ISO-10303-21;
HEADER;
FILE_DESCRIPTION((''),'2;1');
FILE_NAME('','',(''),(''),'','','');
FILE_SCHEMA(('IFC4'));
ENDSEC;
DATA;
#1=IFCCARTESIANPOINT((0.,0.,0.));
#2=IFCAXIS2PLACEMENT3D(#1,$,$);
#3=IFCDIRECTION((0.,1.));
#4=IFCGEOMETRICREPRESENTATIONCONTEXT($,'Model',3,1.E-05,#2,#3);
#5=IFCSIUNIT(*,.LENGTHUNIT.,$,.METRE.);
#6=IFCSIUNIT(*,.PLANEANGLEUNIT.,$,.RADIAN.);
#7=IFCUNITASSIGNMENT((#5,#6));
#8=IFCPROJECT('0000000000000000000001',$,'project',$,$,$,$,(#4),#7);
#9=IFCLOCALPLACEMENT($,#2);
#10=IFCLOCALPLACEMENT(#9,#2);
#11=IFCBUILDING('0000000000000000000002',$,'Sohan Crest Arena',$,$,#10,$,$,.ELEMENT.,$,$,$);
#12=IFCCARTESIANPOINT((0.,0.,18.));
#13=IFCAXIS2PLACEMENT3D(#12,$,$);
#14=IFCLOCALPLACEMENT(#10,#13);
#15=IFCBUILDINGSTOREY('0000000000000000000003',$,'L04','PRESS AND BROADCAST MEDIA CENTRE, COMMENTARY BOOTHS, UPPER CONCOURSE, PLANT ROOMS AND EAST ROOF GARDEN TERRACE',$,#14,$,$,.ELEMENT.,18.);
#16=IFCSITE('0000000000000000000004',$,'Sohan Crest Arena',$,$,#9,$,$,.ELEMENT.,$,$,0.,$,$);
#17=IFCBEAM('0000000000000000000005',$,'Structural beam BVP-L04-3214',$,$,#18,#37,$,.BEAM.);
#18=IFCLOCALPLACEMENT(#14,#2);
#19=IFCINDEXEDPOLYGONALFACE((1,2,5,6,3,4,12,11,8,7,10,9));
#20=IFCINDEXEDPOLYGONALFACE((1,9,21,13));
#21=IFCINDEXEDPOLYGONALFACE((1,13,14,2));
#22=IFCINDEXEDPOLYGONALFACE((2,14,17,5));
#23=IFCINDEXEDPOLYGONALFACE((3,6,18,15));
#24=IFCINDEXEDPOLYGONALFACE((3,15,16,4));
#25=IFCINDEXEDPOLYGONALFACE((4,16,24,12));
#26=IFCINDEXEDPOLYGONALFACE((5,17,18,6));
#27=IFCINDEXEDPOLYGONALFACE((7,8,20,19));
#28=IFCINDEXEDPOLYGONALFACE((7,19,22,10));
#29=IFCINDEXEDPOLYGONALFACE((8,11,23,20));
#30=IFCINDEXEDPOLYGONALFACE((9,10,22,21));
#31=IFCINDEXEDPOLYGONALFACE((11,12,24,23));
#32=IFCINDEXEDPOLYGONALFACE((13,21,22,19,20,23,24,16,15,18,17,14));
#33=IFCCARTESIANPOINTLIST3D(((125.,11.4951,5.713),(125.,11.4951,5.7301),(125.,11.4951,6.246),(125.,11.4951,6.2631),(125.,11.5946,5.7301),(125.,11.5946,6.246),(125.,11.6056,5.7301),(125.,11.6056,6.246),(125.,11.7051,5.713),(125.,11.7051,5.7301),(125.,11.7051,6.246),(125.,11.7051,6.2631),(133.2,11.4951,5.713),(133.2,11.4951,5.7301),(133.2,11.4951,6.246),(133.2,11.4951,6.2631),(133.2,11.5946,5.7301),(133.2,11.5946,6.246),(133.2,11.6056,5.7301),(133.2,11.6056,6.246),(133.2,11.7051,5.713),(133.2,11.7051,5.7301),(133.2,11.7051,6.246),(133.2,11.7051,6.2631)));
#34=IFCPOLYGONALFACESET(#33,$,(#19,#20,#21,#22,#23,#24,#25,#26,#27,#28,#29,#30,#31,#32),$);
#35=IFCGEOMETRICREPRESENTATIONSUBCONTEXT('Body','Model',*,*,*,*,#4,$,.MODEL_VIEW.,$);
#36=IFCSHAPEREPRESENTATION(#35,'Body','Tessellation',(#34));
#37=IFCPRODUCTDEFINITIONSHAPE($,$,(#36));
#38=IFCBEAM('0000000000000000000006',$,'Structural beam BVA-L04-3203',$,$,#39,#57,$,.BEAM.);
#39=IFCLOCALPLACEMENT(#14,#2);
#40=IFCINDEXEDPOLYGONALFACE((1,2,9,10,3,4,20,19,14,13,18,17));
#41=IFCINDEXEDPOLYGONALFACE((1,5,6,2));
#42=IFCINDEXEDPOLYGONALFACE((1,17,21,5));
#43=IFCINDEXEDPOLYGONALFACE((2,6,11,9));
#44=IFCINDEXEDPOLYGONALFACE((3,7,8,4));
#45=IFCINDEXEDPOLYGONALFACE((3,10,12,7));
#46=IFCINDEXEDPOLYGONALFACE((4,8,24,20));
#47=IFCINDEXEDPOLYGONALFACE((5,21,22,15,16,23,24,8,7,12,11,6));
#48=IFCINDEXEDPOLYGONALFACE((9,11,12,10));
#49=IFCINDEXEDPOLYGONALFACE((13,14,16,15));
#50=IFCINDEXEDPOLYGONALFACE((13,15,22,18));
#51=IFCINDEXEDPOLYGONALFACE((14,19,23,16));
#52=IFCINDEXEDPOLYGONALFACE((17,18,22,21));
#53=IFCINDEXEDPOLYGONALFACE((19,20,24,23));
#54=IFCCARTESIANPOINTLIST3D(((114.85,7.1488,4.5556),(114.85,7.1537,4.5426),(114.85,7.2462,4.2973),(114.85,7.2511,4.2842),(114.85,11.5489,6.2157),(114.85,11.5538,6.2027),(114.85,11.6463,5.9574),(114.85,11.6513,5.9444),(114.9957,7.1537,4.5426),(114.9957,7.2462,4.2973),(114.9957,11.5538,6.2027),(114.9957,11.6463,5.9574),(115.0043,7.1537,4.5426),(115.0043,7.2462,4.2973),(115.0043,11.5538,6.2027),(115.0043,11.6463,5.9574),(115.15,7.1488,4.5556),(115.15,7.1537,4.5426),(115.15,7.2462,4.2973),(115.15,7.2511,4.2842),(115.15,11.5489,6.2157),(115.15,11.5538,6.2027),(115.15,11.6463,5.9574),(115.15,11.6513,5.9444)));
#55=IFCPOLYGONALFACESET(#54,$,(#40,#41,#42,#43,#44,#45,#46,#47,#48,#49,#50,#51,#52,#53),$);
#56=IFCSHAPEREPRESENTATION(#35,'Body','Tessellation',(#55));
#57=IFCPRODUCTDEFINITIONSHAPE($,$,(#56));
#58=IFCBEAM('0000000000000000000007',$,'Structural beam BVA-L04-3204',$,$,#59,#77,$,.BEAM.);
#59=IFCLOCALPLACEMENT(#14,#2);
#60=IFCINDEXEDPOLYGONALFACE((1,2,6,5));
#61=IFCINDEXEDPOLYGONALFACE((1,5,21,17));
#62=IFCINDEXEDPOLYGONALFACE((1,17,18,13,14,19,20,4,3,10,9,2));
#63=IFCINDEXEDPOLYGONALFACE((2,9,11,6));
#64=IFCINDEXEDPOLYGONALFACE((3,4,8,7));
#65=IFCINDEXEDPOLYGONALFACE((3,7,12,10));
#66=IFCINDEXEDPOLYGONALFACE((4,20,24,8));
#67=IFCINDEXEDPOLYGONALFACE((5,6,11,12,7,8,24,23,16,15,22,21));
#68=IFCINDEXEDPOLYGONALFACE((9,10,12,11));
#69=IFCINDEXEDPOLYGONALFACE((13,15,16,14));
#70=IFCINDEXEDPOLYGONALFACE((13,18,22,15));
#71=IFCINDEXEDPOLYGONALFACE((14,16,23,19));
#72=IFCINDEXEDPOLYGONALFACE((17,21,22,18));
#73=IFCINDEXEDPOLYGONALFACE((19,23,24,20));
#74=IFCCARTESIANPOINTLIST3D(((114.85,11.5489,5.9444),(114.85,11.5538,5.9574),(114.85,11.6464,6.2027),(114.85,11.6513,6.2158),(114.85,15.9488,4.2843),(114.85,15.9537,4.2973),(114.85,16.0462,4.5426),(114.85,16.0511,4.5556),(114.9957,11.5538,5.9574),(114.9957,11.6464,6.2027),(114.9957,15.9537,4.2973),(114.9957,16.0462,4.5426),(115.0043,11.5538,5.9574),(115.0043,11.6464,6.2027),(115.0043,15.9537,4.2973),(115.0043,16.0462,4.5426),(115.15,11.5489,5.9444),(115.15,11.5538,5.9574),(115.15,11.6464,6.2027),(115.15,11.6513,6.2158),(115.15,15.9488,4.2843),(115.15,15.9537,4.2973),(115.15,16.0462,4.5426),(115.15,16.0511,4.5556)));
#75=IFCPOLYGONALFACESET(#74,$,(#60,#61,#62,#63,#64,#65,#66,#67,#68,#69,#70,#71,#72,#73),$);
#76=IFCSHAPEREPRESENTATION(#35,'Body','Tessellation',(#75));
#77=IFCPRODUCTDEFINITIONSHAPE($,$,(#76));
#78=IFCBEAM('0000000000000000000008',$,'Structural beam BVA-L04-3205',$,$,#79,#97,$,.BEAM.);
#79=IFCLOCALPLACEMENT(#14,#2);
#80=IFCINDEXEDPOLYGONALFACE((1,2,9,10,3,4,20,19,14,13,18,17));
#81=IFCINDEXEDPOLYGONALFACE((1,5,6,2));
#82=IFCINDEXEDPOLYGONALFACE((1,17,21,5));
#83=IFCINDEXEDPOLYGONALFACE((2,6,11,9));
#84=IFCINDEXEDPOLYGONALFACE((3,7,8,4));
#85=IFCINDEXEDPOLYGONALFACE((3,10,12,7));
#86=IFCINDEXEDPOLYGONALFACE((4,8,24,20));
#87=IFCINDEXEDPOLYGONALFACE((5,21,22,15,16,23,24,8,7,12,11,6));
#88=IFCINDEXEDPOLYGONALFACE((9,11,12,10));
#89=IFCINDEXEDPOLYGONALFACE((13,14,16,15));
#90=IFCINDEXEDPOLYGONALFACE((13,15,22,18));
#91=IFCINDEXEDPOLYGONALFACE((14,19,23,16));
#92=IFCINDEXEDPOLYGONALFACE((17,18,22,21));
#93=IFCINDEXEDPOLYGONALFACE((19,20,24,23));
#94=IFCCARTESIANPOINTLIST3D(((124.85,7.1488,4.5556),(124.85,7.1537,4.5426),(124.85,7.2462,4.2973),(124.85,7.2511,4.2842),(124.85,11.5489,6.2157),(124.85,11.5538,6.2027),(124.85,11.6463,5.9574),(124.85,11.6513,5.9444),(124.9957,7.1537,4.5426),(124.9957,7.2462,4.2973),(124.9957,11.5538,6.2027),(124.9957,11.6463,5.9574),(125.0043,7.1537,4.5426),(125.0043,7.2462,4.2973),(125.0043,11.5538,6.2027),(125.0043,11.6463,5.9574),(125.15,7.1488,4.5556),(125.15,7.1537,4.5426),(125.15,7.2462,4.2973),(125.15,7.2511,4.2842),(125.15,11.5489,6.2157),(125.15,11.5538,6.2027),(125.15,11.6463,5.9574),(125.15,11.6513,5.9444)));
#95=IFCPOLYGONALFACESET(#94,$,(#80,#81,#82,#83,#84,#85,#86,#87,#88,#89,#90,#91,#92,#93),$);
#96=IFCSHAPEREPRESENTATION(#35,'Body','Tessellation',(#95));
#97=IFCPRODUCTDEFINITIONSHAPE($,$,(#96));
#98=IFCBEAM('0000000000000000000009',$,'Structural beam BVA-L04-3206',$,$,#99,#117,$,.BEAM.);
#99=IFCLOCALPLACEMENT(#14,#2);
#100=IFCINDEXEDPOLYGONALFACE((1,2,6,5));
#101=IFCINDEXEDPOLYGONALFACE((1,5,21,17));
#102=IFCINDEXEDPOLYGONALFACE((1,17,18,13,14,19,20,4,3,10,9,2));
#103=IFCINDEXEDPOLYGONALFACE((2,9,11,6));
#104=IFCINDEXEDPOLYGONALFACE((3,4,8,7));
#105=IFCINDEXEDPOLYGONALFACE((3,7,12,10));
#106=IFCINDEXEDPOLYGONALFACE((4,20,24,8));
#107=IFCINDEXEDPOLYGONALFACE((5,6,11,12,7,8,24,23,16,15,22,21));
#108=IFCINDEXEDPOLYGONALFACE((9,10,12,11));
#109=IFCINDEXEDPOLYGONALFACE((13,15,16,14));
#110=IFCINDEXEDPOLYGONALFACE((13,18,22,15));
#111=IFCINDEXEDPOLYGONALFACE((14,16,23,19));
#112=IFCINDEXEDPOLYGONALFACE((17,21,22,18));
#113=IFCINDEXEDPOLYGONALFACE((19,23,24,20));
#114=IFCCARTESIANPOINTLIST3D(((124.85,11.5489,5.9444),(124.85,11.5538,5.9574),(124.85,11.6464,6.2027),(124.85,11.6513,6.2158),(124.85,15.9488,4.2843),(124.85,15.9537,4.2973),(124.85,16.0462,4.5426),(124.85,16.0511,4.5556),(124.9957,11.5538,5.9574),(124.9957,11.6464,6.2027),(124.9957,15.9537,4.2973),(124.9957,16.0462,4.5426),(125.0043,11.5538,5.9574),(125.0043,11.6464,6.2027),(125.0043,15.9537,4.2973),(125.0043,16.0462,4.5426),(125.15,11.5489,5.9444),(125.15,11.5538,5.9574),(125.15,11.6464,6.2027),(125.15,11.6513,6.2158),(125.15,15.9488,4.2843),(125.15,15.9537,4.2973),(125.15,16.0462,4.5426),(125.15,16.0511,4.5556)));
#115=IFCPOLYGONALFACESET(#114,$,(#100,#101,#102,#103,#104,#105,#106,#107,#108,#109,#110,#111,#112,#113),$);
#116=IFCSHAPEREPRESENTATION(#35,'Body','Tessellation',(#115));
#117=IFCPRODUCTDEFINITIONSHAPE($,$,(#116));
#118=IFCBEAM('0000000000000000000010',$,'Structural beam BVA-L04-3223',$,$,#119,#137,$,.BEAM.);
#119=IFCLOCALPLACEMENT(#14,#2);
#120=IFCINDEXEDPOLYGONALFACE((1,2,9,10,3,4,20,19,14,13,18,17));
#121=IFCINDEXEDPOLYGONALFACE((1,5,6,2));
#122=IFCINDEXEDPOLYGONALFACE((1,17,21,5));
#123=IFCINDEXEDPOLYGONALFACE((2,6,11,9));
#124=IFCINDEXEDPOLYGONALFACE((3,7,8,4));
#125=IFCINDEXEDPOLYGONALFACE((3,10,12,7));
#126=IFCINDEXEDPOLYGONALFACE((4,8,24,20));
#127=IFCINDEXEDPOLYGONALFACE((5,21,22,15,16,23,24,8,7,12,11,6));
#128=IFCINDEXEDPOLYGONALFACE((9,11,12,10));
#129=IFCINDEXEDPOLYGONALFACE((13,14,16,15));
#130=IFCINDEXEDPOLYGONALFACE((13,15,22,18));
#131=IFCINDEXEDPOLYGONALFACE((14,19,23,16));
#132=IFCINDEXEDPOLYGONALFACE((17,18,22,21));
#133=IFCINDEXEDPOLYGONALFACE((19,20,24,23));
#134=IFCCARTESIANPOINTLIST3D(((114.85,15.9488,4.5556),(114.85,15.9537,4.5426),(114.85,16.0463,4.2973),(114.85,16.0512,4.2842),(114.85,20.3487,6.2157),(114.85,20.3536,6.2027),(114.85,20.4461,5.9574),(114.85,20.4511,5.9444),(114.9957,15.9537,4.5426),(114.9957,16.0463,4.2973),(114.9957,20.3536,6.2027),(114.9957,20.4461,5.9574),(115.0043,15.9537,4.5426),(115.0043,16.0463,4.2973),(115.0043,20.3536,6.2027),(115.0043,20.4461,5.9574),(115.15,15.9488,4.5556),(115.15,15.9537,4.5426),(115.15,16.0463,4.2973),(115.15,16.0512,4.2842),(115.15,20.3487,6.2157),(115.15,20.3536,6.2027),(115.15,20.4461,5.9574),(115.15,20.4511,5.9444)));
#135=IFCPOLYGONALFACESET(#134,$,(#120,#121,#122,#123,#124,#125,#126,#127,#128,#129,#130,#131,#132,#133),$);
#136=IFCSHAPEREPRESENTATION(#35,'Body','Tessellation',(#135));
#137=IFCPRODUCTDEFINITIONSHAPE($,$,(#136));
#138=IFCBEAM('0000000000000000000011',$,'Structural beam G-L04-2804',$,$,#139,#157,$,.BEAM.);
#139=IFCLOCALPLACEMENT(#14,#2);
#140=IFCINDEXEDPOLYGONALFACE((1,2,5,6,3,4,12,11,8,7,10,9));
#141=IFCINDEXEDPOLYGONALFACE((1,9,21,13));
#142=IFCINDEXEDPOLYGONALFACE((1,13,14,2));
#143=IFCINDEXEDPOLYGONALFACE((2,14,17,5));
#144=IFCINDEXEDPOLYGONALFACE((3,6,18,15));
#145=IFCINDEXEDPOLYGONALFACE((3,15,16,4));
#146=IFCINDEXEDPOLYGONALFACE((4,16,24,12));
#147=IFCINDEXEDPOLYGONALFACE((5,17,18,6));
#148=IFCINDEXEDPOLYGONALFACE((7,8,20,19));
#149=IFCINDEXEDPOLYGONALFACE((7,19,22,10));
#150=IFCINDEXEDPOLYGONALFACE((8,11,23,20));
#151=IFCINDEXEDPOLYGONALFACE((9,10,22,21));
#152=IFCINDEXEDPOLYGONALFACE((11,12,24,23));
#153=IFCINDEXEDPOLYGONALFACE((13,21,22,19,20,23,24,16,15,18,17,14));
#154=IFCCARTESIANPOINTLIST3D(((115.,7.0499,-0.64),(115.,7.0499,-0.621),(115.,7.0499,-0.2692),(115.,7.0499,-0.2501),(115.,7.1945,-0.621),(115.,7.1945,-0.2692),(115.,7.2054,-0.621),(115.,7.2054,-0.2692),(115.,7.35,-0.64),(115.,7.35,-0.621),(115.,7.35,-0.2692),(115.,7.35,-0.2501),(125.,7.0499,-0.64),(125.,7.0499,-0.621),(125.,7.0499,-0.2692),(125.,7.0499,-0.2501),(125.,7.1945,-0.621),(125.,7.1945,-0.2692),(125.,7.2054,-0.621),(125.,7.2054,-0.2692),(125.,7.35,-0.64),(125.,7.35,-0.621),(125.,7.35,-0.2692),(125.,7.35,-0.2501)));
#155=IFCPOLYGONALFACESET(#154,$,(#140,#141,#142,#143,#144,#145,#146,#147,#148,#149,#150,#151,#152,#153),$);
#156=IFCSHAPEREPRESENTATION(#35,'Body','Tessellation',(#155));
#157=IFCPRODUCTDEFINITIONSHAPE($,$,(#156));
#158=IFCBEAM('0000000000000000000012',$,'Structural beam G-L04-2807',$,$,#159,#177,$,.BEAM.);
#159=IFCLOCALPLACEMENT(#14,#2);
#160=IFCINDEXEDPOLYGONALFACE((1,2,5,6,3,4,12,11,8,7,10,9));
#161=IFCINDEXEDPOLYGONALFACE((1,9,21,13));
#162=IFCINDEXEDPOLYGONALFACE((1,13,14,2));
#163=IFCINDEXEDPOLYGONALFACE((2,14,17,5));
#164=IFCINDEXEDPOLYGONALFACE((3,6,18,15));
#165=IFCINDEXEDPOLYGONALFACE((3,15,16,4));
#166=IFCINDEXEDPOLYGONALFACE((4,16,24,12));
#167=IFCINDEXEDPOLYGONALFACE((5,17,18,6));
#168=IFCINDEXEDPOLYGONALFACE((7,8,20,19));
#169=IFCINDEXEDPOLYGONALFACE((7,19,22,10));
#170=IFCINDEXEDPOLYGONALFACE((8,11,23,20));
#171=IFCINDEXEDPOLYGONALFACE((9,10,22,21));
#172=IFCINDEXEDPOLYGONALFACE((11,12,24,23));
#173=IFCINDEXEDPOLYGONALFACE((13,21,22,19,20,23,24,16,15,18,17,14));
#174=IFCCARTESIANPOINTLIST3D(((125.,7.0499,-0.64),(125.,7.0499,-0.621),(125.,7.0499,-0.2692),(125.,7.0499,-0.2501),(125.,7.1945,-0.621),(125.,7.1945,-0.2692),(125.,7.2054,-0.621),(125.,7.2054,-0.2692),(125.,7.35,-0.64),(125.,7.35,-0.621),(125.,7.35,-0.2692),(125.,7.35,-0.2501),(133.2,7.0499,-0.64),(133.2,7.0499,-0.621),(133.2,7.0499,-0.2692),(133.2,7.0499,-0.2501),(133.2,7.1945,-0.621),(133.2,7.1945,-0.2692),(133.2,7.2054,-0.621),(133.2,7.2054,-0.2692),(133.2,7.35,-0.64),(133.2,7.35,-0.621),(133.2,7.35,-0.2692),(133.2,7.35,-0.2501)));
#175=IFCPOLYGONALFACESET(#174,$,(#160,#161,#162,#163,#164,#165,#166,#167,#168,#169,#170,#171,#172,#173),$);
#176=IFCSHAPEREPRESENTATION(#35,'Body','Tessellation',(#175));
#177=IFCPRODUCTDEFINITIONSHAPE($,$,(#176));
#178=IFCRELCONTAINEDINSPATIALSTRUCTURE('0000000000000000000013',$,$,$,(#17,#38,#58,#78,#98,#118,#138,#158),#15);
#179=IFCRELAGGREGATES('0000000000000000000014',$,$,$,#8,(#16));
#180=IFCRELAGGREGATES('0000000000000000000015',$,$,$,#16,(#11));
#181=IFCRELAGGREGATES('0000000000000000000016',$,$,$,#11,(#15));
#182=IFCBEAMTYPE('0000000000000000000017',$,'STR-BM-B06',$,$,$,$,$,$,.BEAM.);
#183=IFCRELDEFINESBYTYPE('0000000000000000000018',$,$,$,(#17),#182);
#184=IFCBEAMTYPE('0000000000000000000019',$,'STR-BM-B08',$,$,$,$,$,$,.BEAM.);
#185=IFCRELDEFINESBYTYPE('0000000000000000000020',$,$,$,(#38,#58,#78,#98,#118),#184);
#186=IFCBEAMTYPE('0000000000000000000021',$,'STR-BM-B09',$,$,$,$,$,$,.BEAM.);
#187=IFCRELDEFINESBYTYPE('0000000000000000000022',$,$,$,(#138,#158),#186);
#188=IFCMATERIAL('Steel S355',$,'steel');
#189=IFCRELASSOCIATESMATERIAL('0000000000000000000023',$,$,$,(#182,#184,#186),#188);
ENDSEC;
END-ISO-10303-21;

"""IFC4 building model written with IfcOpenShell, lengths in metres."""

from ifc_helpers import new_model, si_unit, direction, frame, origin, origin_2d, place, context, subcontext, project, spatial, i_section, extrude, material, material_profile, profile_set, type_object, element, save


model = new_model("IFC4")

# Units and contexts
model_context = context("Model", 3, precision=1e-05, world=origin(), true_north=direction((0.0, 1.0)))
body_context = subcontext(model_context, "Body", "Model", "MODEL_VIEW")
ifc_project = project(units=[si_unit("LENGTHUNIT", "METRE"), si_unit("PLANEANGLEUNIT", "RADIAN")], contexts=[model_context])

# Site, building, storey
site_placement = place(None, origin())
site = spatial("IfcSite", under=ifc_project, at=site_placement, Name="Sohan Crest Arena", CompositionType="ELEMENT", RefElevation=0.0)
building_placement = place(site_placement, origin())
building = spatial("IfcBuilding", under=site, at=building_placement, Name="Sohan Crest Arena", CompositionType="ELEMENT")
storey_placement = place(building_placement, frame((0.0, 0.0, 18.0)))
storey = spatial("IfcBuildingStorey", under=building, at=storey_placement, Name="L04", Description="PRESS AND BROADCAST MEDIA CENTRE, COMMENTARY BOOTHS, UPPER CONCOURSE, PLANT ROOMS AND EAST ROOF GARDEN TERRACE", CompositionType="ELEMENT", Elevation=18.0)

# Shared definitions
ifc_material_1 = material(Name="Steel S355", Category="steel")

# Beams
ifc_material_profile_1 = material_profile(ifc_material_1, i_section(OverallWidth=0.21, OverallDepth=0.55, WebThickness=0.011, FlangeThickness=0.0171, at=origin_2d()), Name="IPE 550")
ifc_profile_set_1 = profile_set([ifc_material_profile_1], Name="Steel S355")
beam_type_1 = type_object("IfcBeamType", Name="STR-BM-B06", PredefinedType="BEAM", material=ifc_profile_set_1)
beam_1_placement = place(storey_placement, frame((125.0, 11.6001, 5.988), z_axis=(1.0, 0.0, 0.0), x_axis=(0.0, 1.0, 0.0)))
element("IfcBeam", 1, at=beam_1_placement, inside=storey, type_object=beam_type_1, Name="Structural beam BVP-L04-3214", PredefinedType="BEAM", context=body_context, shape_type="SweptSolid", body=[
    extrude(i_section(OverallWidth=0.21, OverallDepth=0.55, WebThickness=0.011, FlangeThickness=0.0171, at=origin_2d()), origin(), (0.0, 0.0, 1.0), 8.2),
])
ifc_material_profile_2 = material_profile(ifc_material_1, i_section(OverallWidth=0.3, OverallDepth=0.29, WebThickness=0.0085, FlangeThickness=0.0139, at=origin_2d()), Name="HEA 300")
ifc_profile_set_2 = profile_set([ifc_material_profile_2], Name="Steel S355")
beam_type_2 = type_object("IfcBeamType", Name="STR-BM-B08", PredefinedType="BEAM", material=ifc_profile_set_2)
beam_2_placement = place(storey_placement, frame((115.0, 7.2, 4.4199), z_axis=(0.0, 0.935621, 0.353006), x_axis=(-1.0, 0.0, 0.0)))
element("IfcBeam", 2, at=beam_2_placement, inside=storey, type_object=beam_type_2, Name="Structural beam BVA-L04-3203", PredefinedType="BEAM", context=body_context, shape_type="SweptSolid", body=[
    extrude(i_section(OverallWidth=0.3, OverallDepth=0.29, WebThickness=0.0085, FlangeThickness=0.0139, at=origin_2d()), origin(), (0.0, 0.0, 1.0), 4.7029),
])
beam_3_placement = place(storey_placement, frame((115.0, 11.6001, 6.0801), z_axis=(0.0, 0.935615, -0.353023), x_axis=(-1.0, 0.0, 0.0)))
element("IfcBeam", 3, at=beam_3_placement, inside=storey, type_object=beam_type_2, Name="Structural beam BVA-L04-3204", PredefinedType="BEAM", context=body_context, shape_type="SweptSolid", body=[
    extrude(i_section(OverallWidth=0.3, OverallDepth=0.29, WebThickness=0.0085, FlangeThickness=0.0139, at=origin_2d()), origin(), (0.0, 0.0, 1.0), 4.7026),
])
beam_4_placement = place(storey_placement, frame((125.0, 7.2, 4.4199), z_axis=(0.0, 0.935621, 0.353006), x_axis=(-1.0, 0.0, 0.0)))
element("IfcBeam", 4, at=beam_4_placement, inside=storey, type_object=beam_type_2, Name="Structural beam BVA-L04-3205", PredefinedType="BEAM", context=body_context, shape_type="SweptSolid", body=[
    extrude(i_section(OverallWidth=0.3, OverallDepth=0.29, WebThickness=0.0085, FlangeThickness=0.0139, at=origin_2d()), origin(), (0.0, 0.0, 1.0), 4.7029),
])
for number, where, z_axis, x_axis, name in (
    (5, (125.0, 11.6001, 6.0801), (0.0, 0.935615, -0.353023), (-1.0, 0.0, 0.0), "Structural beam BVA-L04-3206"),
    (6, (115.0, 16.0, 4.4199), (0.0, 0.935615, 0.353023), (-1.0, 0.0, 0.0), "Structural beam BVA-L04-3223"),
):
    element("IfcBeam", number, at=place(storey_placement, frame(where, z_axis=z_axis, x_axis=x_axis)), inside=storey, type_object=beam_type_2, Name=name, PredefinedType="BEAM", context=body_context, shape_type="SweptSolid", body=[
        extrude(i_section(OverallWidth=0.3, OverallDepth=0.29, WebThickness=0.0085, FlangeThickness=0.0139, at=origin_2d()), origin(), (0.0, 0.0, 1.0), 4.7026),
    ])
ifc_material_profile_3 = material_profile(ifc_material_1, i_section(OverallWidth=0.3, OverallDepth=0.3899, WebThickness=0.011, FlangeThickness=0.019, at=origin_2d()), Name="HEA 400")
ifc_profile_set_3 = profile_set([ifc_material_profile_3], Name="Steel S355")
beam_type_3 = type_object("IfcBeamType", Name="STR-BM-B09", PredefinedType="BEAM", material=ifc_profile_set_3)
beam_5_placement = place(storey_placement, frame((115.0, 7.2, -0.4451), z_axis=(1.0, 0.0, 0.0), x_axis=(0.0, 1.0, 0.0)))
element("IfcBeam", 7, at=beam_5_placement, inside=storey, type_object=beam_type_3, Name="Structural beam G-L04-2804", PredefinedType="BEAM", context=body_context, shape_type="SweptSolid", body=[
    extrude(i_section(OverallWidth=0.3, OverallDepth=0.3899, WebThickness=0.011, FlangeThickness=0.019, at=origin_2d()), origin(), (0.0, 0.0, 1.0), 10.0),
])
beam_6_placement = place(storey_placement, frame((125.0, 7.2, -0.4451), z_axis=(1.0, 0.0, 0.0), x_axis=(0.0, 1.0, 0.0)))
element("IfcBeam", 8, at=beam_6_placement, inside=storey, type_object=beam_type_3, Name="Structural beam G-L04-2807", PredefinedType="BEAM", context=body_context, shape_type="SweptSolid", body=[
    extrude(i_section(OverallWidth=0.3, OverallDepth=0.3899, WebThickness=0.011, FlangeThickness=0.019, at=origin_2d()), origin(), (0.0, 0.0, 1.0), 8.2),
])

save(model, "model.ifc")
